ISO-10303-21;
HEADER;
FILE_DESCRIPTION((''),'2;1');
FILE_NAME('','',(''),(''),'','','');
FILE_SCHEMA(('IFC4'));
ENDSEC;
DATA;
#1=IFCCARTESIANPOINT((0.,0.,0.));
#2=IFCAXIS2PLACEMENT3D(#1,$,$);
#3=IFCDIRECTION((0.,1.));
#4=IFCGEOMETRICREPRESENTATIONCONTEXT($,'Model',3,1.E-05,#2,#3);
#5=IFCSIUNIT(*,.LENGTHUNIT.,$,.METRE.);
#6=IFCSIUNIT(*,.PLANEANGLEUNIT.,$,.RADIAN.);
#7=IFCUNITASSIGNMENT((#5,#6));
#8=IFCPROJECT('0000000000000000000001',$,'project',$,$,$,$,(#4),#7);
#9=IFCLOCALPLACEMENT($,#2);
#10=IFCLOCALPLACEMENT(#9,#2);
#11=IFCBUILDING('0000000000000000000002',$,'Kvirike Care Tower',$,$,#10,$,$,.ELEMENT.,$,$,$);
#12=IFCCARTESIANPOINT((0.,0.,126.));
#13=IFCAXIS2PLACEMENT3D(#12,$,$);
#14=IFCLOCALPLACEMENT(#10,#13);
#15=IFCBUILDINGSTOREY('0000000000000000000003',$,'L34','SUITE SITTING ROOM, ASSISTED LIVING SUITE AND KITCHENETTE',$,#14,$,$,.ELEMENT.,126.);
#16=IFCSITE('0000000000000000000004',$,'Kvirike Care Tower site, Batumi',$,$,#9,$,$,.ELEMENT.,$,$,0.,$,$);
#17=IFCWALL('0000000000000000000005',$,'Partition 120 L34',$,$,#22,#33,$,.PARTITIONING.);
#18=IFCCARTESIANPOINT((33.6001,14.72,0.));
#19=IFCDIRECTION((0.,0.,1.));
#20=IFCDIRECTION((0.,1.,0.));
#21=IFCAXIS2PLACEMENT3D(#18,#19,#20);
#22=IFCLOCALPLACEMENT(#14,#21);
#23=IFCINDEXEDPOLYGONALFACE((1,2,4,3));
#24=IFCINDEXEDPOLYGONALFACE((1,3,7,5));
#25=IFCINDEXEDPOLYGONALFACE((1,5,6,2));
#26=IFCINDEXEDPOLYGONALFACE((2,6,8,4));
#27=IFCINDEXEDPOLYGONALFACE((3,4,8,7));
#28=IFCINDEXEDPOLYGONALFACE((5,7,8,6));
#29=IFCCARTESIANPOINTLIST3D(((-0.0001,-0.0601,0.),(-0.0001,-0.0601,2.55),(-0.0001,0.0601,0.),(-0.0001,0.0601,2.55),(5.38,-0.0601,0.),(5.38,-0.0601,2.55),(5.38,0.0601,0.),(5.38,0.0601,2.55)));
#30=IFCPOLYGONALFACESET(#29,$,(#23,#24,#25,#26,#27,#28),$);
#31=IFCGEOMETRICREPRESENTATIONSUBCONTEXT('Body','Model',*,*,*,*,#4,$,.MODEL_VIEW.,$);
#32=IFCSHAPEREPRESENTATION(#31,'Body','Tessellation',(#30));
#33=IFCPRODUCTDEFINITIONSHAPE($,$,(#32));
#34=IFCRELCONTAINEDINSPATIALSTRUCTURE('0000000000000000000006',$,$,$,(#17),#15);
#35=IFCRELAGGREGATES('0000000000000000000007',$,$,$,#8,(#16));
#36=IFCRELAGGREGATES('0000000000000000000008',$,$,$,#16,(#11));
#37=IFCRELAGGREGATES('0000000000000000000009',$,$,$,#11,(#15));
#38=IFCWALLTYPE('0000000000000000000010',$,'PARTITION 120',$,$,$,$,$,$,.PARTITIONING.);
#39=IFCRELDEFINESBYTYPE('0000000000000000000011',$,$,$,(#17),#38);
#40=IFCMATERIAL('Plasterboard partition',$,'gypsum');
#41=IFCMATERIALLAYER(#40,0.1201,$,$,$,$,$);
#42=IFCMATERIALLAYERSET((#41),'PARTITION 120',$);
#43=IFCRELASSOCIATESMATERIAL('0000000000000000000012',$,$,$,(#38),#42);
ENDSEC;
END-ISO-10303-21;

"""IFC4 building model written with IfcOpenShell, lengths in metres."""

from ifc_helpers import new_model, si_unit, direction, frame, frame_2d, origin, place, context, subcontext, project, spatial, rectangle, extrude, material, layer, layer_set, type_object, element, save


model = new_model("IFC4")

# Units and contexts
model_context = context("Model", 3, precision=1e-05, world=origin(), true_north=direction((0.0, 1.0)))
body_context = subcontext(model_context, "Body", "Model", "MODEL_VIEW")
ifc_project = project(units=[si_unit("LENGTHUNIT", "METRE"), si_unit("PLANEANGLEUNIT", "RADIAN")], contexts=[model_context])

# Site, building, storey
site_placement = place(None, origin())
site = spatial("IfcSite", under=ifc_project, at=site_placement, Name="Kvirike Care Tower site, Batumi", CompositionType="ELEMENT", RefElevation=0.0)
building_placement = place(site_placement, origin())
building = spatial("IfcBuilding", under=site, at=building_placement, Name="Kvirike Care Tower", CompositionType="ELEMENT")
storey_placement = place(building_placement, frame((0.0, 0.0, 126.0)))
storey = spatial("IfcBuildingStorey", under=building, at=storey_placement, Name="L34", Description="SUITE SITTING ROOM, ASSISTED LIVING SUITE AND KITCHENETTE", CompositionType="ELEMENT", Elevation=126.0)

# Shared definitions
ifc_material_1 = material(Name="Plasterboard partition", Category="gypsum")
ifc_layer_1 = layer(ifc_material_1, 0.1201)
ifc_layer_set_1 = layer_set([ifc_layer_1], Name="PARTITION 120")
wall_type_1 = type_object("IfcWallType", Name="PARTITION 120", PredefinedType="PARTITIONING", material=ifc_layer_set_1)

# Wall
wall_1_placement = place(storey_placement, frame((33.6001, 14.72, 0.0), z_axis=(0.0, 0.0, 1.0), x_axis=(0.0, 1.0, 0.0)))
element("IfcWall", 1, at=wall_1_placement, inside=storey, type_object=wall_type_1, Name="Partition 120 L34", PredefinedType="PARTITIONING", context=body_context, shape_type="SweptSolid", body=[
    extrude(rectangle(XDim=5.3801, YDim=0.1201, at=frame_2d((2.6899, 0.0))), origin(), (0.0, 0.0, 1.0), 2.55),
])

save(model, "model.ifc")
